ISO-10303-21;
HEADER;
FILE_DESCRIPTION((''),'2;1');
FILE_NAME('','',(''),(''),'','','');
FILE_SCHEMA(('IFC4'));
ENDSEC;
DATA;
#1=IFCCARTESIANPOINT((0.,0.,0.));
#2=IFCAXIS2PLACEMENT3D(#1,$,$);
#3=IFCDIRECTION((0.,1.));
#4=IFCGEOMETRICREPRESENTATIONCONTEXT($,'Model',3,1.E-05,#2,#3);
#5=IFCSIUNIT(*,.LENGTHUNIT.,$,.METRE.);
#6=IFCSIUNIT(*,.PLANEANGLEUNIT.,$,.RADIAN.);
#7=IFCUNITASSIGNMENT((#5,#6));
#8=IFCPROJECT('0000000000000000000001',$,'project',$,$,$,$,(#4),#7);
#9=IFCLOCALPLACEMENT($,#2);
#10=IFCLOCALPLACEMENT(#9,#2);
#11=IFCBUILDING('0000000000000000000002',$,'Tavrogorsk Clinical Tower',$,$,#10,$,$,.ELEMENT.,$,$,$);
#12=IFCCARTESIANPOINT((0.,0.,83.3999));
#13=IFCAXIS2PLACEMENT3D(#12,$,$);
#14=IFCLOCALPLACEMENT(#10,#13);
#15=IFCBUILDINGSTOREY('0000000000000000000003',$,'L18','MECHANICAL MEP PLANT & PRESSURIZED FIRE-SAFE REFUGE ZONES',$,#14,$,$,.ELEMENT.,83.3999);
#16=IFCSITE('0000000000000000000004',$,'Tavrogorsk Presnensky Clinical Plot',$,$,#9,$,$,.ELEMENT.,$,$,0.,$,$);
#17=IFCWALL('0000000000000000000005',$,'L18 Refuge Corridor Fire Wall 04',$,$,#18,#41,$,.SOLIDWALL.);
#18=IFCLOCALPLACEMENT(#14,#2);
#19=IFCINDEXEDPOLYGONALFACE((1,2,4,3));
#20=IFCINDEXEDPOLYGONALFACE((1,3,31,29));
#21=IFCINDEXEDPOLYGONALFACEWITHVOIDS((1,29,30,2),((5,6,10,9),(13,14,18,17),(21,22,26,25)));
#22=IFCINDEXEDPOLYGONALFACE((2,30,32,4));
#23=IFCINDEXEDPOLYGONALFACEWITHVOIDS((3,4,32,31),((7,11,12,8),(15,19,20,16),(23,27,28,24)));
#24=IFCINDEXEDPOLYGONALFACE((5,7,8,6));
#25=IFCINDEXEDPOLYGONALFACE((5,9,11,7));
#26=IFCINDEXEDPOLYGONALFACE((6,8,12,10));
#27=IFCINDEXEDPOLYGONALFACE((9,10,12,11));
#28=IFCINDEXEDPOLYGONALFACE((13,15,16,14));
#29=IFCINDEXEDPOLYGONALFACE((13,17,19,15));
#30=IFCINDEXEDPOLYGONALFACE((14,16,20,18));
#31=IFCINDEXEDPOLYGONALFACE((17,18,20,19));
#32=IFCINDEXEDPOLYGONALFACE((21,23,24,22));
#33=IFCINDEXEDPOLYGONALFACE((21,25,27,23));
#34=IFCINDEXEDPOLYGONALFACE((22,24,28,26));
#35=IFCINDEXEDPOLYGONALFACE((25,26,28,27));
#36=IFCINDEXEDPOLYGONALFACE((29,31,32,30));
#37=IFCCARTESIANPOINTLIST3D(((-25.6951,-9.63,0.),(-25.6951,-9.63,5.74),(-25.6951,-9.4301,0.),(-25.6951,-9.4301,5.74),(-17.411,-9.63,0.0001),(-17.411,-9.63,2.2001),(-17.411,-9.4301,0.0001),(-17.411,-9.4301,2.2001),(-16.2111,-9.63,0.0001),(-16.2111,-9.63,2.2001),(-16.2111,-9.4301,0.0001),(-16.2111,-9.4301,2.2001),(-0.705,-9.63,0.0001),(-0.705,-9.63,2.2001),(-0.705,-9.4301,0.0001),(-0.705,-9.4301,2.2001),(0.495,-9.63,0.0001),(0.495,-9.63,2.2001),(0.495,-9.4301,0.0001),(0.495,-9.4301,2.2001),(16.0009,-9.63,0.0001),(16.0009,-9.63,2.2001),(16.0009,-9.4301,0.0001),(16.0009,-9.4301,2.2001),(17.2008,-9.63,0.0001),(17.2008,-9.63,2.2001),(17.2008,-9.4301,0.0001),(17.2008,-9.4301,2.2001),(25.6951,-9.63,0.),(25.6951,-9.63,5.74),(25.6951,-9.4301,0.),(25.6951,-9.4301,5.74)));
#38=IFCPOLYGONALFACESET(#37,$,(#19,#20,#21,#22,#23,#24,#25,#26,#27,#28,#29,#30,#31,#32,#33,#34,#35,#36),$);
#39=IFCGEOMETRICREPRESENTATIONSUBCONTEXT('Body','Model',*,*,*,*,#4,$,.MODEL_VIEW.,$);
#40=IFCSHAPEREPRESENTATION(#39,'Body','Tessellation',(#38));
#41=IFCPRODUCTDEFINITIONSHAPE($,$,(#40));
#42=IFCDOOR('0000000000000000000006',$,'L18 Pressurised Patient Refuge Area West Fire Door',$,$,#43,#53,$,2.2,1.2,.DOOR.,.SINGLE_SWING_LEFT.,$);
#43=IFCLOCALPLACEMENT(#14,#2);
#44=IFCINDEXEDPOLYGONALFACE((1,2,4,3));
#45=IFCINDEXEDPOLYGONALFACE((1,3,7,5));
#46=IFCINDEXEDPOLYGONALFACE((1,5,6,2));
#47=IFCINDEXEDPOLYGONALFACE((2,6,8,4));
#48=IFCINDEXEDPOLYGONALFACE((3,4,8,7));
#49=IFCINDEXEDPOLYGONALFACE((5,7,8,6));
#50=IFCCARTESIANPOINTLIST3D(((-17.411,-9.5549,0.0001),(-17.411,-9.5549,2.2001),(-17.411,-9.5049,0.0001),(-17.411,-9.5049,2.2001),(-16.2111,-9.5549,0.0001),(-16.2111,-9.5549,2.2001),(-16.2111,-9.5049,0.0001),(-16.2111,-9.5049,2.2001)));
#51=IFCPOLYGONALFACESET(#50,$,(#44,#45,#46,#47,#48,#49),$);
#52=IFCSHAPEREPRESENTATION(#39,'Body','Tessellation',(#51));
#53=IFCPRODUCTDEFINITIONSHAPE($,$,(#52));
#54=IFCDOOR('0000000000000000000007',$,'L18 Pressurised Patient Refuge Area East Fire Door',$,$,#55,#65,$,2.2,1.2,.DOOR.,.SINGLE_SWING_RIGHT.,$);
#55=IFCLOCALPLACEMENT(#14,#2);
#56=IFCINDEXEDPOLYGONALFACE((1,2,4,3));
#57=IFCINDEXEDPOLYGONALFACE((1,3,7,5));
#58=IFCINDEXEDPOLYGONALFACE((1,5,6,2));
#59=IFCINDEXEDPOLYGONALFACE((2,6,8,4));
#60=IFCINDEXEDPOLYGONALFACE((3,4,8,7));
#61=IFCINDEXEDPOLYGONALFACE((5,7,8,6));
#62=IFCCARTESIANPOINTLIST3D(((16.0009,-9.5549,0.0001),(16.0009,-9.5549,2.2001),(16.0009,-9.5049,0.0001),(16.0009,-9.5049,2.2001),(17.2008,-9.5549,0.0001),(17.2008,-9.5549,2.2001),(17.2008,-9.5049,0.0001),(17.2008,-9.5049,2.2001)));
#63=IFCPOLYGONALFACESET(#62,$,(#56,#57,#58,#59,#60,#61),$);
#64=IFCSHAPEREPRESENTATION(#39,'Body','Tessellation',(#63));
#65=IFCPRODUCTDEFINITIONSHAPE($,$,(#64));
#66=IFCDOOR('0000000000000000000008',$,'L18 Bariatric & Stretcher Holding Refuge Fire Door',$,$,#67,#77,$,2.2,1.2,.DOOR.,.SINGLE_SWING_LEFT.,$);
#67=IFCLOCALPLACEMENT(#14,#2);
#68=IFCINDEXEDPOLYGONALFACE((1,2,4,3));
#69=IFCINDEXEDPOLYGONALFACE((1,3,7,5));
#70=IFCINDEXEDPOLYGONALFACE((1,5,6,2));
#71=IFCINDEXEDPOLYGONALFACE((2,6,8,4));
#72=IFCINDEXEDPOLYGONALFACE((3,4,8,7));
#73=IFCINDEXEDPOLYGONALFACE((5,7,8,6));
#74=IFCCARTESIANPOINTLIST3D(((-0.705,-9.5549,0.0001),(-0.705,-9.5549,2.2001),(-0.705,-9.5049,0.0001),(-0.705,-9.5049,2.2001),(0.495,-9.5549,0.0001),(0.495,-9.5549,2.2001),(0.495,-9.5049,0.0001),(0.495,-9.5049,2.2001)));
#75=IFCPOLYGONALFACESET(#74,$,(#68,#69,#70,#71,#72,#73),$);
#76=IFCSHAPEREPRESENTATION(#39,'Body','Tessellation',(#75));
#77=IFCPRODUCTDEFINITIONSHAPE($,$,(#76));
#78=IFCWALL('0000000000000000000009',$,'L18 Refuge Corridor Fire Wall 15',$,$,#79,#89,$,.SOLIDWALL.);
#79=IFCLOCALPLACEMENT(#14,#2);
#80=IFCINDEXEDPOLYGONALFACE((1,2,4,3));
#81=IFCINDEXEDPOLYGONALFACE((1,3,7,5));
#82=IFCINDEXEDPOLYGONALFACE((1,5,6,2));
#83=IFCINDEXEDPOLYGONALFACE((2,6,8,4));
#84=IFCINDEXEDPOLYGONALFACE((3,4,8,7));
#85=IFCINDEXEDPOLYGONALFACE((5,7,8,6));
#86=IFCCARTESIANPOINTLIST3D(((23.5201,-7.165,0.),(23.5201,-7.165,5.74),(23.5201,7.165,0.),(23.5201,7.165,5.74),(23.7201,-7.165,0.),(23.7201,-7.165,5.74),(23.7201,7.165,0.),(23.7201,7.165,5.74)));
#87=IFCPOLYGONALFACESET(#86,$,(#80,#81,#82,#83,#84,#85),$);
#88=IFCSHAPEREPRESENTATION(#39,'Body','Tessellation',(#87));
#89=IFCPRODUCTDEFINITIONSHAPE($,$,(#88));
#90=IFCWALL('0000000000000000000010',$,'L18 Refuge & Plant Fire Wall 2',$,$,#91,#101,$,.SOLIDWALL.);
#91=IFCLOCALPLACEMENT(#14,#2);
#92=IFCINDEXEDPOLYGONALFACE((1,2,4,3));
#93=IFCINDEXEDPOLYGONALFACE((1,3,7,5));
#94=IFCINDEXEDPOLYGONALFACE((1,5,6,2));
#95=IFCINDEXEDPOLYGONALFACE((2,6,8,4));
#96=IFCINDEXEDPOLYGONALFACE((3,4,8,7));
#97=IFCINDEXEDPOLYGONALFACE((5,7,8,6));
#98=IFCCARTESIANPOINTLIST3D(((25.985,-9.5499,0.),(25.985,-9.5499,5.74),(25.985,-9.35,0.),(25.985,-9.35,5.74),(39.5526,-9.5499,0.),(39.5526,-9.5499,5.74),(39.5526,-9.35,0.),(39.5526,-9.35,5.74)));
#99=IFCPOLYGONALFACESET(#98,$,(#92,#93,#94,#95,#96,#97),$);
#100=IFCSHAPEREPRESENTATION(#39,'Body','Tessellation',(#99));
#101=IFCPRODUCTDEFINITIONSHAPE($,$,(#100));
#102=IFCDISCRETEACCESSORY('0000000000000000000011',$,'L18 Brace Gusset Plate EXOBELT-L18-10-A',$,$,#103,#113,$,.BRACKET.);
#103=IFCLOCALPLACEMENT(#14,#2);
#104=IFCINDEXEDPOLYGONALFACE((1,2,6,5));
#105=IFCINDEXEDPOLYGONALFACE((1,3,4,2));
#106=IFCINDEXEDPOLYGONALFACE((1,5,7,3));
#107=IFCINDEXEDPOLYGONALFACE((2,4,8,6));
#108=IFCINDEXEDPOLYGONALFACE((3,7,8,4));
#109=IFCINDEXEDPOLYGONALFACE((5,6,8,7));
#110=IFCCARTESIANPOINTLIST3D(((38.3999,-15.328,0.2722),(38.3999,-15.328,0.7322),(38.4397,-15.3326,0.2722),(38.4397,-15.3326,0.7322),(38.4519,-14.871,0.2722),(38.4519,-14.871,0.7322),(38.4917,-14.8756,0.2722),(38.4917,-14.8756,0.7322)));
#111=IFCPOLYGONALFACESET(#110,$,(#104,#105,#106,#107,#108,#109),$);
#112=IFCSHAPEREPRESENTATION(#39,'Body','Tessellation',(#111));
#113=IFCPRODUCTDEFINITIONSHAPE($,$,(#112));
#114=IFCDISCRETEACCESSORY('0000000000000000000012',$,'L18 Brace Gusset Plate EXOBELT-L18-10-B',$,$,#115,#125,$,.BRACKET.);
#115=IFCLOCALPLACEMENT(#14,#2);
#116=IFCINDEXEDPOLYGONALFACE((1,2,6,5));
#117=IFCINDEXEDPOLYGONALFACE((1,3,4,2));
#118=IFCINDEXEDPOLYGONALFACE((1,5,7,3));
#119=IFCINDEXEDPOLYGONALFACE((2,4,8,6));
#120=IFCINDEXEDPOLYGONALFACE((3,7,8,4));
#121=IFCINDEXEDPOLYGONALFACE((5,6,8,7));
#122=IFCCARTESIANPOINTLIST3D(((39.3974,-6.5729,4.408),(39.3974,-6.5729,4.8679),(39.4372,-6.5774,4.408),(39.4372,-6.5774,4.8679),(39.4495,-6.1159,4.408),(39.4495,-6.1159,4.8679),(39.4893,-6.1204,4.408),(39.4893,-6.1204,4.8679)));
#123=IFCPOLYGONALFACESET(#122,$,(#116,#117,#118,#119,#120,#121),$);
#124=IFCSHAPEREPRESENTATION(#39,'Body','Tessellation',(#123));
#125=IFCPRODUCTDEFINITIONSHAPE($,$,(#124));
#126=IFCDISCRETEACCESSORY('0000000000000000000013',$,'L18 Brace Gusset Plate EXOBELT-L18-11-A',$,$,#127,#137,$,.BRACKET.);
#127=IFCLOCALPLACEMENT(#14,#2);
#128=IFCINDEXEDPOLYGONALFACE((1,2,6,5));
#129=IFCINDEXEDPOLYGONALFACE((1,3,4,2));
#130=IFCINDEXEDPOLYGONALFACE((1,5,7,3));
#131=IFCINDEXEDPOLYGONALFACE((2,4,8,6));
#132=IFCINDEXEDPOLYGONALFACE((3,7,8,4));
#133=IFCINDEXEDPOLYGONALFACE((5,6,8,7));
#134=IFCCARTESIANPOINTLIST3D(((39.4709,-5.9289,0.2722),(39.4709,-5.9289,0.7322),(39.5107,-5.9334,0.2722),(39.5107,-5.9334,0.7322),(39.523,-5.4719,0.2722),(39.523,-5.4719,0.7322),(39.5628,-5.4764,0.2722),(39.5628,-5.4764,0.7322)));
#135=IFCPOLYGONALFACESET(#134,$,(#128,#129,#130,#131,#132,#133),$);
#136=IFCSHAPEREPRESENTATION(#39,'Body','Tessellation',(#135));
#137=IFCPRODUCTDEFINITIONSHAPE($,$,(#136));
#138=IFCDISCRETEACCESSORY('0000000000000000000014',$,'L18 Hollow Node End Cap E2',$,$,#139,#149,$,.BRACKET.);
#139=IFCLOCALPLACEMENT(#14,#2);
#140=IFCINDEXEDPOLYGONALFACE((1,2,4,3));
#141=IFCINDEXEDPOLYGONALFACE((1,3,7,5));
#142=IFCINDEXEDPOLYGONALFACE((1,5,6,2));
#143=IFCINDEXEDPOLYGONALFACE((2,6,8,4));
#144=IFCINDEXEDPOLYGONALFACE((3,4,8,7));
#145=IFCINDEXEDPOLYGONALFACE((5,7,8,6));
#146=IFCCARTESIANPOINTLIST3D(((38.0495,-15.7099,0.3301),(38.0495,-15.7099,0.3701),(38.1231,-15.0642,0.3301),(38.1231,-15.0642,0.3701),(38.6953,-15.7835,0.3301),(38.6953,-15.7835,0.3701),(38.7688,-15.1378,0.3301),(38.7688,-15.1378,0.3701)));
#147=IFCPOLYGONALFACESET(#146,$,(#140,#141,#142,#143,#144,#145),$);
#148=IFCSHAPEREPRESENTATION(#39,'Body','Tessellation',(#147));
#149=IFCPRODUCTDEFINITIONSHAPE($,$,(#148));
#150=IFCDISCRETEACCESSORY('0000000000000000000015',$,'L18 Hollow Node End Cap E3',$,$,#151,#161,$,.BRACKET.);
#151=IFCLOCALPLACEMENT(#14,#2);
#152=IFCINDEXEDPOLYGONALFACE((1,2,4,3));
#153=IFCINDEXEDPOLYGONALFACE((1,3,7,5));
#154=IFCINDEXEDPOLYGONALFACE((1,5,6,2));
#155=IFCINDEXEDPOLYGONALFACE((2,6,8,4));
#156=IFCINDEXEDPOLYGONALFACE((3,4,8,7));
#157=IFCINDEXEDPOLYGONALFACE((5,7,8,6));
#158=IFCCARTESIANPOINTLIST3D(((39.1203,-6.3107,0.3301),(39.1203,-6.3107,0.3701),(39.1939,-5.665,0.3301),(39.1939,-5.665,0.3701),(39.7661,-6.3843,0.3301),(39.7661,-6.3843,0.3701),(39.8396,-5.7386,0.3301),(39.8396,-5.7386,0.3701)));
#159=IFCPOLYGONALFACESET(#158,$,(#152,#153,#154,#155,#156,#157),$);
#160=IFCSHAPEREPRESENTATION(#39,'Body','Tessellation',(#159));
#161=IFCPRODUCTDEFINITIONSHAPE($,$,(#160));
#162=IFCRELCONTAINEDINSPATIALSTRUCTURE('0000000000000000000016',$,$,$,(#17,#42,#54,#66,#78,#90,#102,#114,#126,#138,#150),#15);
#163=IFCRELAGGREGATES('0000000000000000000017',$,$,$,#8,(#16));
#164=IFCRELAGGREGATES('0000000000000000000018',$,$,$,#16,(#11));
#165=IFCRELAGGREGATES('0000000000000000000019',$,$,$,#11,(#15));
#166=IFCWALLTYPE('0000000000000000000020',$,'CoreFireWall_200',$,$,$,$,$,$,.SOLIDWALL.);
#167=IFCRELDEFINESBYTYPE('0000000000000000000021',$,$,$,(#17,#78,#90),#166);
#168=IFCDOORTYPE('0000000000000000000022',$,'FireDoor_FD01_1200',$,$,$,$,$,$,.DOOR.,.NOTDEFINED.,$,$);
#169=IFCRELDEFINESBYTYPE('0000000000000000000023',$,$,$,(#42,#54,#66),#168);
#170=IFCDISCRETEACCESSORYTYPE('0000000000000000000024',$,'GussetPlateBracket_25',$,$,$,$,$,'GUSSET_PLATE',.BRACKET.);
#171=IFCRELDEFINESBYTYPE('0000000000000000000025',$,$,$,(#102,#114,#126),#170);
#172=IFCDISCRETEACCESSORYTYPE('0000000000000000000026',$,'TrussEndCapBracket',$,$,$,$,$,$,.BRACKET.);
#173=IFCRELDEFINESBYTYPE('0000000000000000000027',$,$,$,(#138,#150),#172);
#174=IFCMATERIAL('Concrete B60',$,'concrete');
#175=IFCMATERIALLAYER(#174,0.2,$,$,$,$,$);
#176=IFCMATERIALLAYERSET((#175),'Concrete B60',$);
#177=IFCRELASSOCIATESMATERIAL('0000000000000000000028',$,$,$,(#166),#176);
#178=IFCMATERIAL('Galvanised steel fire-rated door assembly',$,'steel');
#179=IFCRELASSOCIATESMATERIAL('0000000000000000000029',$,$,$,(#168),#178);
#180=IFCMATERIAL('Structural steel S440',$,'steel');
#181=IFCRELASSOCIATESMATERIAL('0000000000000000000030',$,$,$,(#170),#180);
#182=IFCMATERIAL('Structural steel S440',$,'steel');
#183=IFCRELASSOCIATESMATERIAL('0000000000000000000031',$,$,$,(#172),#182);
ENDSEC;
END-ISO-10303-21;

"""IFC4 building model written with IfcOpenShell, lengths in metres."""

from ifc_helpers import new_model, si_unit, direction, frame, frame_2d, origin, origin_2d, place, context, subcontext, project, spatial, rectangle, extrude, material, layer, layer_set, type_object, element, fill, save


model = new_model("IFC4")

# Units and contexts
model_context = context("Model", 3, precision=1e-05, world=origin(), true_north=direction((0.0, 1.0)))
body_context = subcontext(model_context, "Body", "Model", "MODEL_VIEW")
ifc_project = project(units=[si_unit("LENGTHUNIT", "METRE"), si_unit("PLANEANGLEUNIT", "RADIAN")], contexts=[model_context])

# Site, building, storey
site_placement = place(None, origin())
site = spatial("IfcSite", under=ifc_project, at=site_placement, Name="Tavrogorsk Presnensky Clinical Plot", CompositionType="ELEMENT", RefElevation=0.0)
building_placement = place(site_placement, origin())
building = spatial("IfcBuilding", under=site, at=building_placement, Name="Tavrogorsk Clinical Tower", CompositionType="ELEMENT")
storey_placement = place(building_placement, frame((0.0, 0.0, 83.3999)))
storey = spatial("IfcBuildingStorey", under=building, at=storey_placement, Name="L18", Description="MECHANICAL MEP PLANT & PRESSURIZED FIRE-SAFE REFUGE ZONES", CompositionType="ELEMENT", Elevation=83.3999)

# Wall, openings, doors
ifc_material_1 = material(Name="Concrete B60", Category="concrete")
ifc_layer = layer(ifc_material_1, 0.2)
ifc_layer_set = layer_set([ifc_layer], Name="Concrete B60")
wall_type = type_object("IfcWallType", Name="CoreFireWall_200", PredefinedType="SOLIDWALL", material=ifc_layer_set)
wall_1_placement = place(storey_placement, frame((25.6951, -9.53, 0.0), z_axis=(0.0, 0.0, 1.0), x_axis=(-1.0, 0.0, 0.0)))
wall_1 = element("IfcWall", 1, at=wall_1_placement, inside=storey, type_object=wall_type, Name="L18 Refuge Corridor Fire Wall 04", PredefinedType="SOLIDWALL", context=body_context, shape_type="SweptSolid", body=[
    extrude(rectangle(XDim=51.3901, YDim=0.2, at=frame_2d((25.6951, 0.0))), origin(), (0.0, 0.0, 1.0), 5.74),
])
opening_1_placement = place(wall_1_placement, frame((41.906, 0.0, 0.0)))
opening_1 = element("IfcOpeningElement", 2, at=opening_1_placement, cuts=wall_1, PredefinedType="OPENING", context=body_context, shape_type="SweptSolid", body=[
    extrude(rectangle(XDim=1.2, YDim=2.2, at=frame_2d((0.6001, 1.1001))), frame((0.0, 0.1099, 0.0), z_axis=(0.0, -1.0, 0.0), x_axis=(1.0, 0.0, 0.0)), (0.0, 0.0, 1.0), 0.22),
])
opening_2_placement = place(wall_1_placement, frame((8.4941, 0.0, 0.0)))
opening_2 = element("IfcOpeningElement", 3, at=opening_2_placement, cuts=wall_1, PredefinedType="OPENING", context=body_context, shape_type="SweptSolid", body=[
    extrude(rectangle(XDim=1.2, YDim=2.2, at=frame_2d((0.6001, 1.1001))), frame((0.0, 0.1099, 0.0), z_axis=(0.0, -1.0, 0.0), x_axis=(1.0, 0.0, 0.0)), (0.0, 0.0, 1.0), 0.22),
])
opening_3_placement = place(wall_1_placement, frame((25.2, 0.0, 0.0)))
opening_3 = element("IfcOpeningElement", 4, at=opening_3_placement, cuts=wall_1, PredefinedType="OPENING", context=body_context, shape_type="SweptSolid", body=[
    extrude(rectangle(XDim=1.2, YDim=2.2, at=frame_2d((0.6001, 1.1001))), frame((0.0, 0.1099, 0.0), z_axis=(0.0, -1.0, 0.0), x_axis=(1.0, 0.0, 0.0)), (0.0, 0.0, 1.0), 0.22),
])
ifc_material_2 = material(Name="Galvanised steel fire-rated door assembly", Category="steel")
door_type = type_object("IfcDoorType", Name="FireDoor_FD01_1200", OperationType="NOTDEFINED", PredefinedType="DOOR", material=ifc_material_2)
door_1_placement = place(opening_1_placement, origin())
door_1 = element("IfcDoor", 5, at=door_1_placement, inside=storey, type_object=door_type, Name="L18 Pressurised Patient Refuge Area West Fire Door", OperationType="SINGLE_SWING_LEFT", OverallHeight=2.2, OverallWidth=1.2, PredefinedType="DOOR", context=body_context, shape_type="SweptSolid", body=[
    extrude(rectangle(XDim=1.2, YDim=2.2, at=frame_2d((0.6001, 1.1001))), frame((0.0, 0.0249, 0.0), z_axis=(0.0, -1.0, 0.0), x_axis=(1.0, 0.0, 0.0)), (0.0, 0.0, 1.0), 0.05),
])
fill(opening_1, door_1)
door_2_placement = place(opening_2_placement, origin())
door_2 = element("IfcDoor", 6, at=door_2_placement, inside=storey, type_object=door_type, Name="L18 Pressurised Patient Refuge Area East Fire Door", OperationType="SINGLE_SWING_RIGHT", OverallHeight=2.2, OverallWidth=1.2, PredefinedType="DOOR", context=body_context, shape_type="SweptSolid", body=[
    extrude(rectangle(XDim=1.2, YDim=2.2, at=frame_2d((0.6001, 1.1001))), frame((0.0, 0.0249, 0.0), z_axis=(0.0, -1.0, 0.0), x_axis=(1.0, 0.0, 0.0)), (0.0, 0.0, 1.0), 0.05),
])
fill(opening_2, door_2)
door_3_placement = place(opening_3_placement, origin())
door_3 = element("IfcDoor", 7, at=door_3_placement, inside=storey, type_object=door_type, Name="L18 Bariatric & Stretcher Holding Refuge Fire Door", OperationType="SINGLE_SWING_LEFT", OverallHeight=2.2, OverallWidth=1.2, PredefinedType="DOOR", context=body_context, shape_type="SweptSolid", body=[
    extrude(rectangle(XDim=1.2, YDim=2.2, at=frame_2d((0.6001, 1.1001))), frame((0.0, 0.0249, 0.0), z_axis=(0.0, -1.0, 0.0), x_axis=(1.0, 0.0, 0.0)), (0.0, 0.0, 1.0), 0.05),
])
fill(opening_3, door_3)

# Walls
wall_2_placement = place(storey_placement, frame((23.6201, -7.165, 0.0), z_axis=(0.0, 0.0, 1.0), x_axis=(0.0, 1.0, 0.0)))
element("IfcWall", 8, at=wall_2_placement, inside=storey, type_object=wall_type, Name="L18 Refuge Corridor Fire Wall 15", PredefinedType="SOLIDWALL", context=body_context, shape_type="SweptSolid", body=[
    extrude(rectangle(XDim=14.3301, YDim=0.2, at=frame_2d((7.165, 0.0))), origin(), (0.0, 0.0, 1.0), 5.74),
])
wall_3_placement = place(storey_placement, frame((25.9851, -9.45, 0.0), z_axis=(0.0, 0.0, 1.0), x_axis=(1.0, 0.0, 0.0)))
element("IfcWall", 9, at=wall_3_placement, inside=storey, type_object=wall_type, Name="L18 Refuge & Plant Fire Wall 2", PredefinedType="SOLIDWALL", context=body_context, shape_type="SweptSolid", body=[
    extrude(rectangle(XDim=13.5676, YDim=0.2, at=frame_2d((6.7837, 0.0))), origin(), (0.0, 0.0, 1.0), 5.74),
])

# Discrete accessories
ifc_material_3 = material(Name="Structural steel S440", Category="steel")
discrete_accessory_type_1 = type_object("IfcDiscreteAccessoryType", Name="GussetPlateBracket_25", ElementType="GUSSET_PLATE", PredefinedType="BRACKET", material=ifc_material_3)
for number, where, z_axis, x_axis, name in (
    (10, (38.4458, -15.1018, 0.2722), (0.0, 0.0, 1.0), (0.113203, 0.993572, 0.0), "L18 Brace Gusset Plate EXOBELT-L18-10-A"),
    (11, (39.4434, -6.3467, 4.408), (0.0, 0.0, 1.0), (0.113203, 0.993572, 0.0), "L18 Brace Gusset Plate EXOBELT-L18-10-B"),
    (12, (39.5168, -5.7026, 0.2722), (0.0, 0.0, 1.0), (0.113203, 0.993572, 0.0), "L18 Brace Gusset Plate EXOBELT-L18-11-A"),
):
    element("IfcDiscreteAccessory", number, at=place(storey_placement, frame(where, z_axis=z_axis, x_axis=x_axis)), inside=storey, type_object=discrete_accessory_type_1, Name=name, PredefinedType="BRACKET", context=body_context, shape_type="SweptSolid", body=[
        extrude(rectangle(XDim=0.46, YDim=0.04, at=origin_2d()), origin(), (0.0, 0.0, 1.0), 0.46),
    ])
ifc_material_4 = material(Name="Structural steel S440", Category="steel")
discrete_accessory_type_2 = type_object("IfcDiscreteAccessoryType", Name="TrussEndCapBracket", PredefinedType="BRACKET", material=ifc_material_4)
for number, where, z_axis, x_axis, name in (
    (13, (38.4092, -15.4238, 0.3301), (0.0, 0.0, 1.0), (0.993572, -0.113203, 0.0), "L18 Hollow Node End Cap E2"),
    (14, (39.48, -6.0247, 0.3301), (0.0, 0.0, 1.0), (0.993572, -0.113203, 0.0), "L18 Hollow Node End Cap E3"),
):
    element("IfcDiscreteAccessory", number, at=place(storey_placement, frame(where, z_axis=z_axis, x_axis=x_axis)), inside=storey, type_object=discrete_accessory_type_2, Name=name, PredefinedType="BRACKET", context=body_context, shape_type="SweptSolid", body=[
        extrude(rectangle(XDim=0.6499, YDim=0.6499, at=origin_2d()), origin(), (0.0, 0.0, 1.0), 0.04),
    ])

save(model, "model.ifc")
